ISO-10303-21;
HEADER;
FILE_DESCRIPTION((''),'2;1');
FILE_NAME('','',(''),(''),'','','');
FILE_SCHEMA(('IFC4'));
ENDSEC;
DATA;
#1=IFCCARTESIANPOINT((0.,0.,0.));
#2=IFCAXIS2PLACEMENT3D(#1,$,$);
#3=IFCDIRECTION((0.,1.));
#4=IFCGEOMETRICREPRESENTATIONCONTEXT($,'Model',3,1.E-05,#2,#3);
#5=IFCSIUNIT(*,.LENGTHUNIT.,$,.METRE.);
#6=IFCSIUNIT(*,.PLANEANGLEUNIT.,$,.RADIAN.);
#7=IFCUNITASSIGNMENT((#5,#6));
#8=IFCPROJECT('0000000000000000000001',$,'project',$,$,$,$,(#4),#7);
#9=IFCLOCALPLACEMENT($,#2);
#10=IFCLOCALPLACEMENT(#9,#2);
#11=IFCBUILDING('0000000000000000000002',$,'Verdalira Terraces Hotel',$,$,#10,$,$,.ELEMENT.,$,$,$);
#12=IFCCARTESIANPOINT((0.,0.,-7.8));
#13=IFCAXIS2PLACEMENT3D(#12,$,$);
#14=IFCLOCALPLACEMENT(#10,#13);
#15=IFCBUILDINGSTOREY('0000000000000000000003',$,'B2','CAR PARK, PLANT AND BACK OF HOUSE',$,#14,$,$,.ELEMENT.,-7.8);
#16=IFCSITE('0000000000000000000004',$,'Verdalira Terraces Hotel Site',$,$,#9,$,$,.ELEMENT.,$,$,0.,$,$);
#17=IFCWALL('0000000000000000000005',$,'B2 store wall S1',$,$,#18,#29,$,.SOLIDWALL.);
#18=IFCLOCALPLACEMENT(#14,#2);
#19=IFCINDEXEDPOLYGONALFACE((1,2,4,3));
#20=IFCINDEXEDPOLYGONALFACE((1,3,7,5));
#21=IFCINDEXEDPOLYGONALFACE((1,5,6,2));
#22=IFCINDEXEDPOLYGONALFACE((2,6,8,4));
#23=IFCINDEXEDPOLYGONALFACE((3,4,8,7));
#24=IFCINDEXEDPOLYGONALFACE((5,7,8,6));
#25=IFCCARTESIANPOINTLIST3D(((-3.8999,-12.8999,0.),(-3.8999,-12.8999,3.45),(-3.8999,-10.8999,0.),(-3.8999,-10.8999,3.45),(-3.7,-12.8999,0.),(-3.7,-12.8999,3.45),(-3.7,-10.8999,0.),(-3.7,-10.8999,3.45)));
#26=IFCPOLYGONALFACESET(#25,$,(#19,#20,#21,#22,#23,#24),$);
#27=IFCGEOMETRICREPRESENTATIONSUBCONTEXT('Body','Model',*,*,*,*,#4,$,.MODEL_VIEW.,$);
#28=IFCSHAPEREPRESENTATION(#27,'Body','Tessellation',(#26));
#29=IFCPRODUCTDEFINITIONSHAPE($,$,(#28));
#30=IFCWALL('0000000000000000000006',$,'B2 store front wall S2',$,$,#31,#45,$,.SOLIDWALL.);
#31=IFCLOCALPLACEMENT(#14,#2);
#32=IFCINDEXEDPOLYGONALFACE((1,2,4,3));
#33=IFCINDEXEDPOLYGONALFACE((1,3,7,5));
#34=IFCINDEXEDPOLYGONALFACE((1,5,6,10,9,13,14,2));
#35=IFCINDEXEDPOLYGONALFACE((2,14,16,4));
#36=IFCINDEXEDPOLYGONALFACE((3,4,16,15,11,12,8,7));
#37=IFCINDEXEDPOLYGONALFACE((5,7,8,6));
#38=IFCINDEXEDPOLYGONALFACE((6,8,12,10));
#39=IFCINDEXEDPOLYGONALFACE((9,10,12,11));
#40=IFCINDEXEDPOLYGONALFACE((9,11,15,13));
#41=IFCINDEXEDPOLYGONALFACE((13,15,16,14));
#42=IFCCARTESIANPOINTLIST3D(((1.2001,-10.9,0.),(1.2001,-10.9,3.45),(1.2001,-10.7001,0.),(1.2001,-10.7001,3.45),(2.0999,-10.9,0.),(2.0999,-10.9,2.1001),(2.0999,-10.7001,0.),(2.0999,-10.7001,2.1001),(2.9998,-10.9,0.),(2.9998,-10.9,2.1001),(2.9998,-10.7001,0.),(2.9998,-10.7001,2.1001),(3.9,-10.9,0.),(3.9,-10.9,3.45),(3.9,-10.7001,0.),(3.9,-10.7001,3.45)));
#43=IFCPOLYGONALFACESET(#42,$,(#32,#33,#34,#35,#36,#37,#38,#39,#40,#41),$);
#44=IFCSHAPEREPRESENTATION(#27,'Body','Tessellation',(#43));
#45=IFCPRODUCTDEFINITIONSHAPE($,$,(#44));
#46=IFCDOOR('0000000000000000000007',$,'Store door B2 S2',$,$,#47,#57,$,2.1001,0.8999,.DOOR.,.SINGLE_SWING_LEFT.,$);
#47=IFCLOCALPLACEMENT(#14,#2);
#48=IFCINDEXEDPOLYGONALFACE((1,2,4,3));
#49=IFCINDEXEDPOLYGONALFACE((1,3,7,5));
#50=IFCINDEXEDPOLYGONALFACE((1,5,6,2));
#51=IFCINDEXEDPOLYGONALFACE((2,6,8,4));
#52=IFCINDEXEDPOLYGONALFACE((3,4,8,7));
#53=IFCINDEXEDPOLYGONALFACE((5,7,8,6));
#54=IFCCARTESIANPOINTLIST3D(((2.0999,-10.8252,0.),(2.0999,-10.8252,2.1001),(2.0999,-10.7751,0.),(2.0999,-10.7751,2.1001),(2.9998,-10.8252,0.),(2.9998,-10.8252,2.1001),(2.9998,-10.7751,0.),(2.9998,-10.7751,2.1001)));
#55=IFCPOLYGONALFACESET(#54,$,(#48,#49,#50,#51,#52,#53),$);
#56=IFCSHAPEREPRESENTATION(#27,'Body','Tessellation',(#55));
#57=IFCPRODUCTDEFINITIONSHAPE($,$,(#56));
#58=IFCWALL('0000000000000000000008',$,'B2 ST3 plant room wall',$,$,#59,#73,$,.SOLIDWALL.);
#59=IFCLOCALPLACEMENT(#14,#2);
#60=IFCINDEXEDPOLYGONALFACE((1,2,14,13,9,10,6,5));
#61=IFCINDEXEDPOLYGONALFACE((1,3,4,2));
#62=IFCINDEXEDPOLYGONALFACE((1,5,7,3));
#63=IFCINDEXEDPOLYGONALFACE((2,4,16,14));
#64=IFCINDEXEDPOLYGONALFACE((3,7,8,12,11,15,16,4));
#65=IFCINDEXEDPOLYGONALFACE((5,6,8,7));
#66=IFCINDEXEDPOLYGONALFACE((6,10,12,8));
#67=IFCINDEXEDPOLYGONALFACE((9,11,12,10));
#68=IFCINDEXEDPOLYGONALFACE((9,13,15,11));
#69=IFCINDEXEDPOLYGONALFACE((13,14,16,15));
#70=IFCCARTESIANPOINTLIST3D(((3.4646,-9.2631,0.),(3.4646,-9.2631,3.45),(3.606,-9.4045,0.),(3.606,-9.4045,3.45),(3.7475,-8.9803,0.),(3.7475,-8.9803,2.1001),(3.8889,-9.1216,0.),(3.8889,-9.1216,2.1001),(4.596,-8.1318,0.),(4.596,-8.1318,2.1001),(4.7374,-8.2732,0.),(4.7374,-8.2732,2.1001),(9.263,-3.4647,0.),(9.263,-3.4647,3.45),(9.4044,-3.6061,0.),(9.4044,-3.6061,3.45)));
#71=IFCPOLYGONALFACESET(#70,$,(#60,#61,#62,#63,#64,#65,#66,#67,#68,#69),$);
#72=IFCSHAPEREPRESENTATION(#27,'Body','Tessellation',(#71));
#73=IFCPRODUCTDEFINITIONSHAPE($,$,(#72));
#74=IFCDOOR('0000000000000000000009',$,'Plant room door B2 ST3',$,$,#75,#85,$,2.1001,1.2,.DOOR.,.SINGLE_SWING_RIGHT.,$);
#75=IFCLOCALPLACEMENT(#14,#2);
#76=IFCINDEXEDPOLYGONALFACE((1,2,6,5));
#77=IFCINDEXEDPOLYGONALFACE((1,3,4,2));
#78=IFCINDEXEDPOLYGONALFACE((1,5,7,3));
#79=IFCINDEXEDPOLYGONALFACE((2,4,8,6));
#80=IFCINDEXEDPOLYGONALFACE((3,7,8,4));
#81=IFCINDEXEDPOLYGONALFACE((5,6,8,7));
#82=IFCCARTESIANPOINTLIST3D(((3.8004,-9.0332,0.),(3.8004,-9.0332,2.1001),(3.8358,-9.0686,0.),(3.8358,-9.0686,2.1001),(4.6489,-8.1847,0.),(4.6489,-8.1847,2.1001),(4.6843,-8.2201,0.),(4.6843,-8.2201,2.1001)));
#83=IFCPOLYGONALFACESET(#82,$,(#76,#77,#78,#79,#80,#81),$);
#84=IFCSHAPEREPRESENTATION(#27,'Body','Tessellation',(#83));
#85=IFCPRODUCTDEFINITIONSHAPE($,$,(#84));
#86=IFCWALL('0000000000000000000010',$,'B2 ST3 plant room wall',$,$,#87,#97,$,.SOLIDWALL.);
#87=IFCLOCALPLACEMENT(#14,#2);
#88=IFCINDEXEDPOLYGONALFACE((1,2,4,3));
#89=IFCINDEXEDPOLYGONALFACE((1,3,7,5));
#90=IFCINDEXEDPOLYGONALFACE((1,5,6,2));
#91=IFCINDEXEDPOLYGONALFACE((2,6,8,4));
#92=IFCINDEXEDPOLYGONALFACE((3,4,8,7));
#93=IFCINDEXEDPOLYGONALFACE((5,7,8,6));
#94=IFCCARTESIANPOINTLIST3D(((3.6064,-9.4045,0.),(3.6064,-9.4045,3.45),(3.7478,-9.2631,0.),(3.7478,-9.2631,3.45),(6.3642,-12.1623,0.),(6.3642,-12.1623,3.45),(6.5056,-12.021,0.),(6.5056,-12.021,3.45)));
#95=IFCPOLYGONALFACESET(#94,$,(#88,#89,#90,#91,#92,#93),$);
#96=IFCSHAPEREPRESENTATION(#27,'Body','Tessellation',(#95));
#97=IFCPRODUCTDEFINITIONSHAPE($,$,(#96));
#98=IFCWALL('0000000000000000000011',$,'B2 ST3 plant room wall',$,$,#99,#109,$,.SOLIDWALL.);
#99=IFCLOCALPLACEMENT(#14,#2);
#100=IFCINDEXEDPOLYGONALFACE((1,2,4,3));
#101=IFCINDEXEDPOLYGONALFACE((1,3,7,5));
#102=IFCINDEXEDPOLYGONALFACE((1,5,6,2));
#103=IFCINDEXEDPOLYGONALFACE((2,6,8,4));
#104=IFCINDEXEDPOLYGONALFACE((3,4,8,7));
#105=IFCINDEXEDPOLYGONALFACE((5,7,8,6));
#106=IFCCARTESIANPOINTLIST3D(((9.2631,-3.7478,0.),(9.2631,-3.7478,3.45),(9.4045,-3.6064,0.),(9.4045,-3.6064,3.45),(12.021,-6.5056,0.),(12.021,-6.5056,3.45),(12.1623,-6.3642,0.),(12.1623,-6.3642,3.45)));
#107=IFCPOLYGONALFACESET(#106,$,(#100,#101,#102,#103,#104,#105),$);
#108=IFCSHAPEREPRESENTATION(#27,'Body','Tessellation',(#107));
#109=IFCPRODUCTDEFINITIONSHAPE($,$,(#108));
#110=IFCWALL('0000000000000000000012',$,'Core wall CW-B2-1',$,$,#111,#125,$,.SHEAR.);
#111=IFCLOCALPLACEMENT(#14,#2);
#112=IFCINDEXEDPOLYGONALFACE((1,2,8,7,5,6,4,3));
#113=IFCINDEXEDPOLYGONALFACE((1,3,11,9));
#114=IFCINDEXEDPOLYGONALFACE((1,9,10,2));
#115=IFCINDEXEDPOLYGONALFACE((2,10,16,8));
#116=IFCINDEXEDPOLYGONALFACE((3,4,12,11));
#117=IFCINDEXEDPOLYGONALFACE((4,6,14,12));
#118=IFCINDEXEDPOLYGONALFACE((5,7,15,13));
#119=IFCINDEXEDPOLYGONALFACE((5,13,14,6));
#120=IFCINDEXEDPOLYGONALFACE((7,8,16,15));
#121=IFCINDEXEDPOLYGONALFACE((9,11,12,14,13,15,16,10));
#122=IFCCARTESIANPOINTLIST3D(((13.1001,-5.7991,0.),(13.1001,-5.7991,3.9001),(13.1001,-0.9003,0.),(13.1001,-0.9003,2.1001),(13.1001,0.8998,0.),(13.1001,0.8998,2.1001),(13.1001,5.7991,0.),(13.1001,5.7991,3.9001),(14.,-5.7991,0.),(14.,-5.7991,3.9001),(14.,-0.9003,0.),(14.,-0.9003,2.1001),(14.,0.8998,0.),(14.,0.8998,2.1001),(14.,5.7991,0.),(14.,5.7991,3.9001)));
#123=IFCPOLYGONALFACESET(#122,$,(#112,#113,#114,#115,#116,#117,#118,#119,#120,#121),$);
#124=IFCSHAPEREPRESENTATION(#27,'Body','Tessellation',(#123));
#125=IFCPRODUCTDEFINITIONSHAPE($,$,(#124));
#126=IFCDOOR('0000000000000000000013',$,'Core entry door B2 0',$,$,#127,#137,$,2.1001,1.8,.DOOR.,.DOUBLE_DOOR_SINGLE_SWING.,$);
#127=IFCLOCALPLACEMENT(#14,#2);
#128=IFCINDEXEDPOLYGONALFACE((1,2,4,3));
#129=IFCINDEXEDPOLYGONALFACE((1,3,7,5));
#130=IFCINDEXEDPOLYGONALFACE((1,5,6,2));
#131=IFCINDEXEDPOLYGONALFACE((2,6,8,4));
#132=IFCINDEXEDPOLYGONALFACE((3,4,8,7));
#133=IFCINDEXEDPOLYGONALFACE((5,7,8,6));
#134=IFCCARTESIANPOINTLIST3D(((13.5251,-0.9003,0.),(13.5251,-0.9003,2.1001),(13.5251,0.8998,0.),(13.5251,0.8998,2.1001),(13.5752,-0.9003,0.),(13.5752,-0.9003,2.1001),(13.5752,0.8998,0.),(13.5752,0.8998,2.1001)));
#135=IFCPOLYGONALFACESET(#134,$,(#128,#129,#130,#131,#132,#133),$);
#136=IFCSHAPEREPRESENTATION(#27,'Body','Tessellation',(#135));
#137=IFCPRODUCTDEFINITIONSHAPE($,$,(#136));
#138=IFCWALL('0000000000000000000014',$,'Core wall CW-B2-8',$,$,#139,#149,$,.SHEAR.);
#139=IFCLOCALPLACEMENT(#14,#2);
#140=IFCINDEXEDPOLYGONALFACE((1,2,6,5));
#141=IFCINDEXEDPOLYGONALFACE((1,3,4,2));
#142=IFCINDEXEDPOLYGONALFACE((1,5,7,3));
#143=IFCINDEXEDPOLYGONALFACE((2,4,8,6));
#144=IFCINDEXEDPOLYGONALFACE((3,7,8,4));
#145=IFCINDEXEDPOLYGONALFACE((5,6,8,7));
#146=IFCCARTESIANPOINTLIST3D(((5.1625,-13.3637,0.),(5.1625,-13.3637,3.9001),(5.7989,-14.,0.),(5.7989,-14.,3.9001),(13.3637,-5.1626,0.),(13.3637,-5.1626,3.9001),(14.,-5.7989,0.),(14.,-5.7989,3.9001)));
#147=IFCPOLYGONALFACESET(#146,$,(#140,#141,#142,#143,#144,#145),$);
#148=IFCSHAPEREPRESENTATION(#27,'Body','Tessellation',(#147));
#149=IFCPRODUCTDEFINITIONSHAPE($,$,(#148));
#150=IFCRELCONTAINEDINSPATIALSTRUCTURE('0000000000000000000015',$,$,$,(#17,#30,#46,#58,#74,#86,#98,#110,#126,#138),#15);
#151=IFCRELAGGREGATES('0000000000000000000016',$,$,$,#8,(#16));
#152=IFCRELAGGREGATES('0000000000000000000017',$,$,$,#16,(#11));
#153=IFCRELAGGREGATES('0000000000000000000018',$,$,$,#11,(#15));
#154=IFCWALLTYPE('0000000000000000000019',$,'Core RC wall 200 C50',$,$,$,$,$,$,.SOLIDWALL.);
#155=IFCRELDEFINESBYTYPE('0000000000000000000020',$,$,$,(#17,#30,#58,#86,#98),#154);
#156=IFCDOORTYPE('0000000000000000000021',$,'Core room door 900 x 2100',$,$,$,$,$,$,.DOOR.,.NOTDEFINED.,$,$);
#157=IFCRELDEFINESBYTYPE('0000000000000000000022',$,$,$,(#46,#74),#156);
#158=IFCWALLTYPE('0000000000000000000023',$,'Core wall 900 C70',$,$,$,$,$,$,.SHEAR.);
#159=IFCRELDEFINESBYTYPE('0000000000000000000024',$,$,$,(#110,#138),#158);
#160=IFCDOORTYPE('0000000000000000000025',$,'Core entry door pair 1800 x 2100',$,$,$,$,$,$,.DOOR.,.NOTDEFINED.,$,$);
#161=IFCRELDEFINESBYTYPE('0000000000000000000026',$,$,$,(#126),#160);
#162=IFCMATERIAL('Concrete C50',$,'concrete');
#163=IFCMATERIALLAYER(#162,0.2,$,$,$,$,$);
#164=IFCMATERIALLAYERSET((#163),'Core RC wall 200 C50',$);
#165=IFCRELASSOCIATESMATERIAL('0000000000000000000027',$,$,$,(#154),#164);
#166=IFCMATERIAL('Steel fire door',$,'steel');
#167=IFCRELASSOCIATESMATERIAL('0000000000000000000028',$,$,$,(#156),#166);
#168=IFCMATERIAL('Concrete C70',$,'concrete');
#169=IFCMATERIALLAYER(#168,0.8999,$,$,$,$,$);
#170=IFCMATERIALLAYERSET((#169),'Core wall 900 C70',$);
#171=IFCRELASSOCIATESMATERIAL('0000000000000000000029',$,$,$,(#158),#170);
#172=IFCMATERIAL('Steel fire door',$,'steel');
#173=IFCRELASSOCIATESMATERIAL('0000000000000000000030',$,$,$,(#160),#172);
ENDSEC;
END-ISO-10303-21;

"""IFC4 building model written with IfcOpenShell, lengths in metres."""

from ifc_helpers import new_model, si_unit, direction, frame, frame_2d, origin, place, context, subcontext, project, spatial, polyline, rectangle, outline, extrude, material, layer, layer_set, type_object, element, fill, save


model = new_model("IFC4")

# Units and contexts
model_context = context("Model", 3, precision=1e-05, world=origin(), true_north=direction((0.0, 1.0)))
body_context = subcontext(model_context, "Body", "Model", "MODEL_VIEW")
ifc_project = project(units=[si_unit("LENGTHUNIT", "METRE"), si_unit("PLANEANGLEUNIT", "RADIAN")], contexts=[model_context])

# Site, building, storey
site_placement = place(None, origin())
site = spatial("IfcSite", under=ifc_project, at=site_placement, Name="Verdalira Terraces Hotel Site", CompositionType="ELEMENT", RefElevation=0.0)
building_placement = place(site_placement, origin())
building = spatial("IfcBuilding", under=site, at=building_placement, Name="Verdalira Terraces Hotel", CompositionType="ELEMENT")
storey_placement = place(building_placement, frame((0.0, 0.0, -7.8)))
storey = spatial("IfcBuildingStorey", under=building, at=storey_placement, Name="B2", Description="CAR PARK, PLANT AND BACK OF HOUSE", CompositionType="ELEMENT", Elevation=-7.8)

# Shared definitions
ifc_material_1 = material(Name="Concrete C50", Category="concrete")
ifc_layer_1 = layer(ifc_material_1, 0.2)
ifc_layer_set_1 = layer_set([ifc_layer_1], Name="Core RC wall 200 C50")
wall_type_1 = type_object("IfcWallType", Name="Core RC wall 200 C50", PredefinedType="SOLIDWALL", material=ifc_layer_set_1)

# Wall
wall_1_placement = place(storey_placement, origin())
element("IfcWall", 1, at=wall_1_placement, inside=storey, type_object=wall_type_1, Name="B2 store wall S1", PredefinedType="SOLIDWALL", context=body_context, shape_type="SweptSolid", body=[
    extrude(outline(polyline([(-3.7, -10.8999), (-3.7, -12.8999), (-3.8999, -12.8999), (-3.8999, -10.8999), (-3.7, -10.8999)])), origin(), (0.0, 0.0, 1.0), 3.45),
])

# Walls, openings, doors
wall_2_placement = place(storey_placement, frame((1.2, -10.8, 0.0), z_axis=(0.0, 0.0, 1.0), x_axis=(1.0, 0.0, 0.0)))
wall_2 = element("IfcWall", 2, at=wall_2_placement, inside=storey, type_object=wall_type_1, Name="B2 store front wall S2", PredefinedType="SOLIDWALL", context=body_context, shape_type="SweptSolid", body=[
    extrude(rectangle(XDim=2.7, YDim=0.2, at=frame_2d((1.3501, 0.0))), origin(), (0.0, 0.0, 1.0), 3.45),
])
opening_1_placement = place(wall_2_placement, frame((0.8999, 0.0, 0.0)))
opening_1 = element("IfcOpeningElement", 3, at=opening_1_placement, cuts=wall_2, PredefinedType="OPENING", context=body_context, shape_type="SweptSolid", body=[
    extrude(rectangle(XDim=0.8999, YDim=2.1001, at=frame_2d((0.45, 1.05))), frame((0.0, 0.1099, 0.0), z_axis=(0.0, -1.0, 0.0), x_axis=(1.0, 0.0, 0.0)), (0.0, 0.0, 1.0), 0.22),
])
ifc_material_2 = material(Name="Steel fire door", Category="steel")
door_type_1 = type_object("IfcDoorType", Name="Core room door 900 x 2100", OperationType="NOTDEFINED", PredefinedType="DOOR", material=ifc_material_2)
door_1_placement = place(opening_1_placement, origin())
door_1 = element("IfcDoor", 4, at=door_1_placement, inside=storey, type_object=door_type_1, Name="Store door B2 S2", OperationType="SINGLE_SWING_LEFT", OverallHeight=2.1001, OverallWidth=0.8999, PredefinedType="DOOR", context=body_context, shape_type="SweptSolid", body=[
    extrude(rectangle(XDim=0.8999, YDim=2.1001, at=frame_2d((0.45, 1.05))), frame((0.0, 0.0249, 0.0), z_axis=(0.0, -1.0, 0.0), x_axis=(1.0, 0.0, 0.0)), (0.0, 0.0, 1.0), 0.05),
])
fill(opening_1, door_1)
wall_3_placement = place(storey_placement, frame((9.3337, -3.5354, 0.0), z_axis=(0.0, 0.0, 1.0), x_axis=(-0.707107, -0.707107, 0.0)))
wall_3 = element("IfcWall", 5, at=wall_3_placement, inside=storey, type_object=wall_type_1, Name="B2 ST3 plant room wall", PredefinedType="SOLIDWALL", context=body_context, shape_type="SweptSolid", body=[
    extrude(rectangle(XDim=8.2002, YDim=0.2, at=frame_2d((4.1001, 0.0))), origin(), (0.0, 0.0, 1.0), 3.45),
])
opening_2_placement = place(wall_3_placement, frame((6.6001, 0.0, 0.0)))
opening_2 = element("IfcOpeningElement", 6, at=opening_2_placement, cuts=wall_3, PredefinedType="OPENING", context=body_context, shape_type="SweptSolid", body=[
    extrude(rectangle(XDim=1.2, YDim=2.1001, at=frame_2d((0.6001, 1.05))), frame((0.0, 0.1099, 0.0), z_axis=(0.0, -1.0, 0.0), x_axis=(1.0, 0.0, 0.0)), (0.0, 0.0, 1.0), 0.22),
])
door_2_placement = place(opening_2_placement, origin())
door_2 = element("IfcDoor", 7, at=door_2_placement, inside=storey, type_object=door_type_1, Name="Plant room door B2 ST3", OperationType="SINGLE_SWING_RIGHT", OverallHeight=2.1001, OverallWidth=1.2, PredefinedType="DOOR", context=body_context, shape_type="SweptSolid", body=[
    extrude(rectangle(XDim=1.2, YDim=2.1001, at=frame_2d((0.6001, 1.05))), frame((0.0, 0.0249, 0.0), z_axis=(0.0, -1.0, 0.0), x_axis=(1.0, 0.0, 0.0)), (0.0, 0.0, 1.0), 0.05),
])
fill(opening_2, door_2)

# Walls
for number, where, z_axis, x_axis, name in (
    (8, (3.677, -9.3337, 0.0), (0.0, 0.0, 1.0), (0.707107, -0.707107, 0.0), "B2 ST3 plant room wall"),
    (9, (9.3337, -3.677, 0.0), (0.0, 0.0, 1.0), (0.707107, -0.707107, 0.0), "B2 ST3 plant room wall"),
):
    element("IfcWall", number, at=place(storey_placement, frame(where, z_axis=z_axis, x_axis=x_axis)), inside=storey, type_object=wall_type_1, Name=name, PredefinedType="SOLIDWALL", context=body_context, shape_type="SweptSolid", body=[
        extrude(rectangle(XDim=3.9001, YDim=0.2, at=frame_2d((1.9502, 0.0))), origin(), (0.0, 0.0, 1.0), 3.45),
    ])

# Wall, opening, door
ifc_material_3 = material(Name="Concrete C70", Category="concrete")
ifc_layer_2 = layer(ifc_material_3, 0.8999)
ifc_layer_set_2 = layer_set([ifc_layer_2], Name="Core wall 900 C70")
wall_type_2 = type_object("IfcWallType", Name="Core wall 900 C70", PredefinedType="SHEAR", material=ifc_layer_set_2)
wall_4_placement = place(storey_placement, frame((13.55, -5.7991, 0.0), z_axis=(0.0, 0.0, 1.0), x_axis=(0.0, 1.0, 0.0)))
wall_4 = element("IfcWall", 10, at=wall_4_placement, inside=storey, type_object=wall_type_2, Name="Core wall CW-B2-1", PredefinedType="SHEAR", context=body_context, shape_type="SweptSolid", body=[
    extrude(rectangle(XDim=11.5981, YDim=0.8999, at=frame_2d((5.7991, 0.0))), origin(), (0.0, 0.0, 1.0), 3.9001),
])
opening_3_placement = place(wall_4_placement, frame((4.8989, 0.0, 0.0)))
opening_3 = element("IfcOpeningElement", 11, at=opening_3_placement, cuts=wall_4, PredefinedType="OPENING", context=body_context, shape_type="SweptSolid", body=[
    extrude(rectangle(XDim=1.8, YDim=2.1001, at=frame_2d((0.8999, 1.05))), frame((0.0, 0.46, 0.0), z_axis=(0.0, -1.0, 0.0), x_axis=(1.0, 0.0, 0.0)), (0.0, 0.0, 1.0), 0.9199),
])
ifc_material_4 = material(Name="Steel fire door", Category="steel")
door_type_2 = type_object("IfcDoorType", Name="Core entry door pair 1800 x 2100", OperationType="NOTDEFINED", PredefinedType="DOOR", material=ifc_material_4)
door_3_placement = place(opening_3_placement, origin())
door_3 = element("IfcDoor", 12, at=door_3_placement, inside=storey, type_object=door_type_2, Name="Core entry door B2 0", OperationType="DOUBLE_DOOR_SINGLE_SWING", OverallHeight=2.1001, OverallWidth=1.8, PredefinedType="DOOR", context=body_context, shape_type="SweptSolid", body=[
    extrude(rectangle(XDim=1.8, YDim=2.1001, at=frame_2d((0.8999, 1.05))), frame((0.0, 0.0249, 0.0), z_axis=(0.0, -1.0, 0.0), x_axis=(1.0, 0.0, 0.0)), (0.0, 0.0, 1.0), 0.05),
])
fill(opening_3, door_3)

# Wall
wall_5_placement = place(storey_placement, frame((5.4807, -13.6819, 0.0), z_axis=(0.0, 0.0, 1.0), x_axis=(0.707107, 0.707107, 0.0)))
element("IfcWall", 13, at=wall_5_placement, inside=storey, type_object=wall_type_2, Name="Core wall CW-B2-8", PredefinedType="SHEAR", context=body_context, shape_type="SweptSolid", body=[
    extrude(rectangle(XDim=11.5981, YDim=0.8999, at=frame_2d((5.7991, 0.0))), origin(), (0.0, 0.0, 1.0), 3.9001),
])

save(model, "model.ifc")
